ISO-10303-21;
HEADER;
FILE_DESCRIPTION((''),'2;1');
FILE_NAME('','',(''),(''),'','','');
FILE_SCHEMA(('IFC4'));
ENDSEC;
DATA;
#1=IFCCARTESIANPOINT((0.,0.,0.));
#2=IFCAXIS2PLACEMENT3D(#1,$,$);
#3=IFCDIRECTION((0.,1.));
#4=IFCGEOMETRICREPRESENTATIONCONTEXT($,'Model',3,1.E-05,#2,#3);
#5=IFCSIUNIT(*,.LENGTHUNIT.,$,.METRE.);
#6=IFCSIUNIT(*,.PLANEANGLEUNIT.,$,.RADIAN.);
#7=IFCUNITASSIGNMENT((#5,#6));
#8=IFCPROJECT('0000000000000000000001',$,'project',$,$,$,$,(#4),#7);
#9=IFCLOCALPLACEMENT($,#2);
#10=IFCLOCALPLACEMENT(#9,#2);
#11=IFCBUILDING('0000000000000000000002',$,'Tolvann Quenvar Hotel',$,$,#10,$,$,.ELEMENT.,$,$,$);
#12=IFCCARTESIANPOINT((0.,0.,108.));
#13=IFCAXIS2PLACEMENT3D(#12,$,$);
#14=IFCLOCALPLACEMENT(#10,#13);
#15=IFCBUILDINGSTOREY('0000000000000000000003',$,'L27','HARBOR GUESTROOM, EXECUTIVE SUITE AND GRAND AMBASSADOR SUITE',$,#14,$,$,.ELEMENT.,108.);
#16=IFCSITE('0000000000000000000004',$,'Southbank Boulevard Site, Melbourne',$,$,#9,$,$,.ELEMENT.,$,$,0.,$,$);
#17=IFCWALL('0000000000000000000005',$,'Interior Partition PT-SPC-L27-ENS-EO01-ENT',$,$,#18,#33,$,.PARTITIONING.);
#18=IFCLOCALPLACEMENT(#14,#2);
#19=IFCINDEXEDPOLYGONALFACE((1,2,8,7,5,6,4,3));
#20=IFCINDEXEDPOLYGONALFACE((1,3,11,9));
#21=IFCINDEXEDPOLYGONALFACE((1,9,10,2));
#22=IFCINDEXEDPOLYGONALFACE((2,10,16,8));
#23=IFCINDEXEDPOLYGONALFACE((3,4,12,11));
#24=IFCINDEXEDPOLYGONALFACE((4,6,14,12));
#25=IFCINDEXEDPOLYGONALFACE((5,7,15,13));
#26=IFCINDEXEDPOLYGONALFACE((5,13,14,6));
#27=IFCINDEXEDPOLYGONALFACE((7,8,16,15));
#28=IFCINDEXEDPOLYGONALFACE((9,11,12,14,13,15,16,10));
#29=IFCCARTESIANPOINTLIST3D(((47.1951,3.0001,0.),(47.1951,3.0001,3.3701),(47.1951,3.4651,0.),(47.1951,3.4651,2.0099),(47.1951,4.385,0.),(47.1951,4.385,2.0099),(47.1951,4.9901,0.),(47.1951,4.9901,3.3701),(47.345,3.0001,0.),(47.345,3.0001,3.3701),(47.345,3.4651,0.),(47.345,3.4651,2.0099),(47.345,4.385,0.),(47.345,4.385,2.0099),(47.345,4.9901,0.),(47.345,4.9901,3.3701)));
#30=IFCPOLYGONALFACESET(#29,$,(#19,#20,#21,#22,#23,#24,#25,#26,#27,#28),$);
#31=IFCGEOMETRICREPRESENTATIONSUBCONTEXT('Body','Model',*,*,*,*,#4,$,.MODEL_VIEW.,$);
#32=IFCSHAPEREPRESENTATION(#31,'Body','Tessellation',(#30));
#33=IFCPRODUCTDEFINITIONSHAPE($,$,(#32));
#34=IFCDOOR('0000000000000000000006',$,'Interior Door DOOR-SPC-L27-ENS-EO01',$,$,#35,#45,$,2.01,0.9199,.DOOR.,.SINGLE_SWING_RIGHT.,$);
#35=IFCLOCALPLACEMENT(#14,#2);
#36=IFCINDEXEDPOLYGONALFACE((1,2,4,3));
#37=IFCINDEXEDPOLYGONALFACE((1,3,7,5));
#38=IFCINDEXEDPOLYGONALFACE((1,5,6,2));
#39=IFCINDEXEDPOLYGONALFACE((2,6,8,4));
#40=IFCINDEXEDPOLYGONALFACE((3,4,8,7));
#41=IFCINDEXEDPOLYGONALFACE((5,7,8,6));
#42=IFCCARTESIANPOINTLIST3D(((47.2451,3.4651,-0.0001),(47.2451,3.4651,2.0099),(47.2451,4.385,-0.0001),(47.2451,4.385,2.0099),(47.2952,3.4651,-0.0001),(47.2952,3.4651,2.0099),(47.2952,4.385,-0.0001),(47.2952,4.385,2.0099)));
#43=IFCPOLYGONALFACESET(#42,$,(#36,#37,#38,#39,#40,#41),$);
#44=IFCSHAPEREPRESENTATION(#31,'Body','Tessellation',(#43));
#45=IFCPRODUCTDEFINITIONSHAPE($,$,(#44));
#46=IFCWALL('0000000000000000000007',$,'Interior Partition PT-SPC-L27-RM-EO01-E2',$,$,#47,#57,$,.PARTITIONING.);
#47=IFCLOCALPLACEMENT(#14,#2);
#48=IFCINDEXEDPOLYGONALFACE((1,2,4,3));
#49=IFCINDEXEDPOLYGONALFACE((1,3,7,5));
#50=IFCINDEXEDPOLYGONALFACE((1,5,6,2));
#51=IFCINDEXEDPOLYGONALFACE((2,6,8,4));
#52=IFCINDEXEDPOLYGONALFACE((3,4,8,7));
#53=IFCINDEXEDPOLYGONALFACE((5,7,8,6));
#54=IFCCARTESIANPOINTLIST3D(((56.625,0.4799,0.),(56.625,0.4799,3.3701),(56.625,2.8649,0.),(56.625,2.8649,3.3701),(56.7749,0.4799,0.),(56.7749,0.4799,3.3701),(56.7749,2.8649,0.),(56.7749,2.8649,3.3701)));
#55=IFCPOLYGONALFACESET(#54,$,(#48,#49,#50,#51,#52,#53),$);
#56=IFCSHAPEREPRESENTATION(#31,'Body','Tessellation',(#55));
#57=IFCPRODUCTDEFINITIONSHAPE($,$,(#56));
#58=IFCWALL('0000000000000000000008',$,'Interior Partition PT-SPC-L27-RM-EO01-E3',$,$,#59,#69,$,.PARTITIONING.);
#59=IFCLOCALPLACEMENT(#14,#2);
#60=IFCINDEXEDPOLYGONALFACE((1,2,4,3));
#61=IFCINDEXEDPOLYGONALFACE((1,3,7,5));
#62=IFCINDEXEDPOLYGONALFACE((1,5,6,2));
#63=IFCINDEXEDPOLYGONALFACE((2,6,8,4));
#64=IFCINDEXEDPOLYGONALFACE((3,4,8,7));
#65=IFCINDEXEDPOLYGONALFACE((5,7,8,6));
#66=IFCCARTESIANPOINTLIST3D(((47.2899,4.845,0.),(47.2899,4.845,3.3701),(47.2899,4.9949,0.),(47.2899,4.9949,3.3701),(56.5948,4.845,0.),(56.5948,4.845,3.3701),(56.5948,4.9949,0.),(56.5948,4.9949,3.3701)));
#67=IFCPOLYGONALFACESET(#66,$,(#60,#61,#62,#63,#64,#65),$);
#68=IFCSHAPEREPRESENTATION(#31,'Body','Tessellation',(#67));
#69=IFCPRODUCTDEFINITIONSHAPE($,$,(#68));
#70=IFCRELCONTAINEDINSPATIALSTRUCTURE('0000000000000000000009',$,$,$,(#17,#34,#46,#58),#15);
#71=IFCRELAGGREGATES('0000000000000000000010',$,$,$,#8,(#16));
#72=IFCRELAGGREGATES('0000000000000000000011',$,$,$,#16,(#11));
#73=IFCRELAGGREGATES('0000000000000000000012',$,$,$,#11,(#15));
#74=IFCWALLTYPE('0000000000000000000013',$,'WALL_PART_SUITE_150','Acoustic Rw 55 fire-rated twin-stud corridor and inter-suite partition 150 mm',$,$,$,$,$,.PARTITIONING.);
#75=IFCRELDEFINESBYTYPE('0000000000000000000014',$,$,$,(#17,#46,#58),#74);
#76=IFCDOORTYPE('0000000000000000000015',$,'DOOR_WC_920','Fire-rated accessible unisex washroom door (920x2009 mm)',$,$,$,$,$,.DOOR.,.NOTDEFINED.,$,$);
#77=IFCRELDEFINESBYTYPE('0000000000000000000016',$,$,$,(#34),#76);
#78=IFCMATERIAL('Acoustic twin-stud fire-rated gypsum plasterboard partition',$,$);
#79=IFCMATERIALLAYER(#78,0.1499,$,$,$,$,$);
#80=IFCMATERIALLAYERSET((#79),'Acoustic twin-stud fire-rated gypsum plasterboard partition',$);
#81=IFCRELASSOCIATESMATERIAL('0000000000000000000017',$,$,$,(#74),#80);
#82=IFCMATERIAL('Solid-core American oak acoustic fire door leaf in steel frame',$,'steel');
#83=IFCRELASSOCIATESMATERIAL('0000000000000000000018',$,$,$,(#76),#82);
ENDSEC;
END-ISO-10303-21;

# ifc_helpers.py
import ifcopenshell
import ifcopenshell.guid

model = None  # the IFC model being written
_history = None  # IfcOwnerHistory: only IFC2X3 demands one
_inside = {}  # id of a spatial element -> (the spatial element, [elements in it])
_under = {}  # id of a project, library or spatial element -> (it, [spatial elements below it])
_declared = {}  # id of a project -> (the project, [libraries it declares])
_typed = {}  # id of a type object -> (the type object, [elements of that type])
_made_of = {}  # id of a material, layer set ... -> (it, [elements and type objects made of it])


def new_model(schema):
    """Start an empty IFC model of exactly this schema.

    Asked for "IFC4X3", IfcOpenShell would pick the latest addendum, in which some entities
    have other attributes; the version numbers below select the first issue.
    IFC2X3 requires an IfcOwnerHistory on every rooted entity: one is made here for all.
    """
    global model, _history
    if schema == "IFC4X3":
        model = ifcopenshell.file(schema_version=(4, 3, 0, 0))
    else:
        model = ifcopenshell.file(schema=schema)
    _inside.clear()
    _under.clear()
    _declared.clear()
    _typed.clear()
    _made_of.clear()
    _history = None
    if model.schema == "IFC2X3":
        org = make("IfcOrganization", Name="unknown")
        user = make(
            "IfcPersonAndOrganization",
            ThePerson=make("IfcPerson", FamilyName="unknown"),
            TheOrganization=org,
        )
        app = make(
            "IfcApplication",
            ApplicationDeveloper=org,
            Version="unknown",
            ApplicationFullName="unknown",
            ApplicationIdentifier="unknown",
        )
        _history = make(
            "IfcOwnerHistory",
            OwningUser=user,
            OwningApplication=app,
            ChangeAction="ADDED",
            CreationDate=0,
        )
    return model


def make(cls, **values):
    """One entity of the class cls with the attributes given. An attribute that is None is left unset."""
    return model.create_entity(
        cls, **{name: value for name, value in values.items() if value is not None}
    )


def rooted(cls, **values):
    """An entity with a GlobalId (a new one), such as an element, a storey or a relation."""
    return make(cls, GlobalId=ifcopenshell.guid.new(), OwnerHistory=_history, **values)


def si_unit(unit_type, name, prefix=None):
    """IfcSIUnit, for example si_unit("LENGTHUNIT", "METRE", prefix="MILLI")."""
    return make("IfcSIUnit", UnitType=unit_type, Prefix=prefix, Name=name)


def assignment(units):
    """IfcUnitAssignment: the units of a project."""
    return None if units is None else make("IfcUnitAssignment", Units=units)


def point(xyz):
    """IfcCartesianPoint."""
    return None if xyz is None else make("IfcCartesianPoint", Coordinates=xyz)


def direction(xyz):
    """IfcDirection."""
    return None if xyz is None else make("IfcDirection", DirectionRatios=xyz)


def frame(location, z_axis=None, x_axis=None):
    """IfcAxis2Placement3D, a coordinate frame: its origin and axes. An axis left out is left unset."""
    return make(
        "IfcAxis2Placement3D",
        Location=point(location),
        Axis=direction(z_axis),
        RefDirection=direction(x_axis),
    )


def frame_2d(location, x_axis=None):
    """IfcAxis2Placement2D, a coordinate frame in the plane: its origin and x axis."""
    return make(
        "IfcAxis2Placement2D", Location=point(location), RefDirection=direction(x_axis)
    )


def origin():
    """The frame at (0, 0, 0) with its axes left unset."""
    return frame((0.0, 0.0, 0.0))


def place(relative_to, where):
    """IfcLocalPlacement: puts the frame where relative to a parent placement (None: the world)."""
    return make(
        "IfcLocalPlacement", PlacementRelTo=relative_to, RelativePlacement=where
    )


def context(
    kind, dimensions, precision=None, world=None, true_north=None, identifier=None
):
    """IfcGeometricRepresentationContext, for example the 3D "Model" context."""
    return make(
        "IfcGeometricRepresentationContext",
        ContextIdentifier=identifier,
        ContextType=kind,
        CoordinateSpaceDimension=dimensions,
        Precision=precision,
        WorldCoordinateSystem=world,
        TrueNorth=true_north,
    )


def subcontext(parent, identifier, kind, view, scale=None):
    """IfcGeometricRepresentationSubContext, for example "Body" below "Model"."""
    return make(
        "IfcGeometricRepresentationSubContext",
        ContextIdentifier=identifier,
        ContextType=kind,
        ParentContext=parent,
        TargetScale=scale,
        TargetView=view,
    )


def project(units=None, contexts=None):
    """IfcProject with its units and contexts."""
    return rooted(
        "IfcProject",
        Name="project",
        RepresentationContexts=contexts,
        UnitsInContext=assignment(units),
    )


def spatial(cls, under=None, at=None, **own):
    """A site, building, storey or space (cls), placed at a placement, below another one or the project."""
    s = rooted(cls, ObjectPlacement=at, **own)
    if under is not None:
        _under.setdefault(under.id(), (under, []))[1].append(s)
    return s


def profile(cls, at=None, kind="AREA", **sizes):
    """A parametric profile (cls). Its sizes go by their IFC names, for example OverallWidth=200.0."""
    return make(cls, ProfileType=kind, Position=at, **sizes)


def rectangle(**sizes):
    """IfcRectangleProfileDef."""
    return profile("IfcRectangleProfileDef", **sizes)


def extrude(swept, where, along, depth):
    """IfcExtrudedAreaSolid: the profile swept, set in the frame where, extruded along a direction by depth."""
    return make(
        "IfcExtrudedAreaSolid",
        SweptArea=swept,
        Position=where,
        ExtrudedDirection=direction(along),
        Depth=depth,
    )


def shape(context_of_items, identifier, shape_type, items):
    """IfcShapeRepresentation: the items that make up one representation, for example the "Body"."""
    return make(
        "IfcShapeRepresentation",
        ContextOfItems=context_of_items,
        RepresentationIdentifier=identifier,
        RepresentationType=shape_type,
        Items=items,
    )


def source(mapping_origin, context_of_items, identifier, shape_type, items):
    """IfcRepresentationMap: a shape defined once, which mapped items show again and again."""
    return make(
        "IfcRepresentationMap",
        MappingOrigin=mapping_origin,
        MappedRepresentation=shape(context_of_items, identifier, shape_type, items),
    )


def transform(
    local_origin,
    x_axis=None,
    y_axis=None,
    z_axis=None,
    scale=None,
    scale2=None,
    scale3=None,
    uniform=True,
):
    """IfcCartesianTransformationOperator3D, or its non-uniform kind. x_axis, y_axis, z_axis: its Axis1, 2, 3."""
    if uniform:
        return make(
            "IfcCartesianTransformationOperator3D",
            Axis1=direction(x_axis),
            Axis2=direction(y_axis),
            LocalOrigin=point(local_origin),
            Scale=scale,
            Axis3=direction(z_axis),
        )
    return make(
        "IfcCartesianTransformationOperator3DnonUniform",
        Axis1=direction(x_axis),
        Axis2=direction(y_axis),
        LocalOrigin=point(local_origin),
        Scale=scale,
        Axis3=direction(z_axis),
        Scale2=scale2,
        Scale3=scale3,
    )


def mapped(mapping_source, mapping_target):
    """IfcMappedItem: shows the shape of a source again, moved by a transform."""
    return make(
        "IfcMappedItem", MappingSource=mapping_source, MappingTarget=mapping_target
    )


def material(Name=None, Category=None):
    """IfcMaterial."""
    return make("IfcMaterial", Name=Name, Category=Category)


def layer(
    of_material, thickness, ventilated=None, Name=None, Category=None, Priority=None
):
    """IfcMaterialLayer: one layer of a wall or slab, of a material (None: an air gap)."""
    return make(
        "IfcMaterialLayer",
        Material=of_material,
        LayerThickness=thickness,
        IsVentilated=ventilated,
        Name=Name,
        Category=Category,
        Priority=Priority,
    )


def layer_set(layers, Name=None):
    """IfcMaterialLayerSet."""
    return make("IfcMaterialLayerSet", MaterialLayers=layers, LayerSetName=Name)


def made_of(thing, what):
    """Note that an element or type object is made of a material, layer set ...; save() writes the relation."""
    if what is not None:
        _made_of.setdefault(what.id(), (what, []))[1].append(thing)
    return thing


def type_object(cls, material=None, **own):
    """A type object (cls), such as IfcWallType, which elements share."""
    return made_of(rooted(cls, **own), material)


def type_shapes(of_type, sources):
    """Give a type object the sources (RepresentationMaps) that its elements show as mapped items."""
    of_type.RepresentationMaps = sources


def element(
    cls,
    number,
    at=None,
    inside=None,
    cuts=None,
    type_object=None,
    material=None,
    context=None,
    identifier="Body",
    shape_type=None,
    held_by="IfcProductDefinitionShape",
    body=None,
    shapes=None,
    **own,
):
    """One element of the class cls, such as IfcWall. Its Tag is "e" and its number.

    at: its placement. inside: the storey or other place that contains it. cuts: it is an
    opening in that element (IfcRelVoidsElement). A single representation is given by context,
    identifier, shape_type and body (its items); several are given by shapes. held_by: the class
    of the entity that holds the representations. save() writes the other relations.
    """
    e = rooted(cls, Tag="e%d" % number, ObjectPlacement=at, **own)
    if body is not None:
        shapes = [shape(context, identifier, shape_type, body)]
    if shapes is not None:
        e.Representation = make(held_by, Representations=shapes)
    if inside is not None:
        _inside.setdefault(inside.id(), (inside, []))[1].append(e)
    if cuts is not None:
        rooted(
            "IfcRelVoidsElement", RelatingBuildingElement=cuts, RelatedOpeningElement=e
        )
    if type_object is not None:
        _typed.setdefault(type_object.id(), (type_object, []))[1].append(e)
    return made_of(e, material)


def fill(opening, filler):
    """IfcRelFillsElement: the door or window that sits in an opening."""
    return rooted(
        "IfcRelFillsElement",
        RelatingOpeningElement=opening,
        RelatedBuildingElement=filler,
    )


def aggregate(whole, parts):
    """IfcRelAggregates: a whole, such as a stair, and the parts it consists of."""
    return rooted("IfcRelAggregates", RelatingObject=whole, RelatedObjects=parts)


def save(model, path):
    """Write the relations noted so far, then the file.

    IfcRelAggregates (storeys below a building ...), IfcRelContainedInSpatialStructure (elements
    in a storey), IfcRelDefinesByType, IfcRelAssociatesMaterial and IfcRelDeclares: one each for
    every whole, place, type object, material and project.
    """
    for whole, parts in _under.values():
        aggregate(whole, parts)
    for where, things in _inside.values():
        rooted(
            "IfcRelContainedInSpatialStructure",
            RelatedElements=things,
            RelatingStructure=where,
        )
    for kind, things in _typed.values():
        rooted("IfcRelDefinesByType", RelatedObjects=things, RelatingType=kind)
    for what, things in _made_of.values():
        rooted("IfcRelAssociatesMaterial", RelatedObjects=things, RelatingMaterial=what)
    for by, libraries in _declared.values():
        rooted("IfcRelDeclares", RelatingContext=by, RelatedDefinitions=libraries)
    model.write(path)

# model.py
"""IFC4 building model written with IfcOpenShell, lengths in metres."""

from ifc_helpers import new_model, si_unit, direction, frame, frame_2d, origin, place, context, subcontext, project, spatial, rectangle, extrude, source, transform, mapped, material, layer, layer_set, type_object, type_shapes, element, fill, save


model = new_model("IFC4")

# Units and contexts
model_context = context("Model", 3, precision=1e-05, world=origin(), true_north=direction((0.0, 1.0)))
body_context = subcontext(model_context, "Body", "Model", "MODEL_VIEW")
ifc_project = project(units=[si_unit("LENGTHUNIT", "METRE"), si_unit("PLANEANGLEUNIT", "RADIAN")], contexts=[model_context])

# Site, building, storey
site_placement = place(None, origin())
site = spatial("IfcSite", under=ifc_project, at=site_placement, Name="Southbank Boulevard Site, Melbourne", CompositionType="ELEMENT", RefElevation=0.0)
building_placement = place(site_placement, origin())
building = spatial("IfcBuilding", under=site, at=building_placement, Name="Tolvann Quenvar Hotel", CompositionType="ELEMENT")
storey_placement = place(building_placement, frame((0.0, 0.0, 108.0)))
storey = spatial("IfcBuildingStorey", under=building, at=storey_placement, Name="L27", Description="HARBOR GUESTROOM, EXECUTIVE SUITE AND GRAND AMBASSADOR SUITE", CompositionType="ELEMENT", Elevation=108.0)

# Wall, opening, door
ifc_material_1 = material(Name="Acoustic twin-stud fire-rated gypsum plasterboard partition")
ifc_layer_1 = layer(ifc_material_1, 0.1499)
ifc_layer_set_1 = layer_set([ifc_layer_1], Name="Acoustic twin-stud fire-rated gypsum plasterboard partition")
wall_type_1 = type_object("IfcWallType", Name="WALL_PART_SUITE_150", Description="Acoustic Rw 55 fire-rated twin-stud corridor and inter-suite partition 150 mm", PredefinedType="PARTITIONING", material=ifc_layer_set_1)
wall_1_placement = place(storey_placement, frame((47.27, 3.0, 0.0), z_axis=(0.0, 0.0, 1.0), x_axis=(0.0, 1.0, 0.0)))
wall_1 = element("IfcWall", 1, at=wall_1_placement, inside=storey, type_object=wall_type_1, Name="Interior Partition PT-SPC-L27-ENS-EO01-ENT", PredefinedType="PARTITIONING", context=body_context, shape_type="SweptSolid", body=[
    extrude(rectangle(XDim=1.99, YDim=0.1499, at=frame_2d((0.9951, 0.0))), origin(), (0.0, 0.0, 1.0), 3.3701),
])
opening_1_placement = place(wall_1_placement, frame((0.4651, 0.0, 0.0)))
opening_1 = element("IfcOpeningElement", 2, at=opening_1_placement, cuts=wall_1, PredefinedType="OPENING", context=body_context, shape_type="SweptSolid", body=[
    extrude(rectangle(XDim=0.9199, YDim=2.01, at=frame_2d((0.46, 1.0049))), frame((0.0, 0.085, 0.0), z_axis=(0.0, -1.0, 0.0), x_axis=(1.0, 0.0, 0.0)), (0.0, 0.0, 1.0), 0.1699),
])
ifc_material_2 = material(Name="Solid-core American oak acoustic fire door leaf in steel frame", Category="steel")
door_type = type_object("IfcDoorType", Name="DOOR_WC_920", Description="Fire-rated accessible unisex washroom door (920x2009 mm)", OperationType="NOTDEFINED", PredefinedType="DOOR", material=ifc_material_2)
shared_shape_1 = source(origin(), body_context, "Body", "SweptSolid", [
    extrude(rectangle(XDim=0.9199, YDim=2.01, at=frame_2d((0.46, 1.0049))), frame((0.0, 0.0249, 0.0), z_axis=(0.0, -1.0, 0.0), x_axis=(1.0, 0.0, 0.0)), (0.0, 0.0, 1.0), 0.05),
])
type_shapes(door_type, [shared_shape_1])
door_placement = place(opening_1_placement, origin())
door = element("IfcDoor", 3, at=door_placement, inside=storey, type_object=door_type, Name="Interior Door DOOR-SPC-L27-ENS-EO01", OperationType="SINGLE_SWING_RIGHT", OverallHeight=2.01, OverallWidth=0.9199, PredefinedType="DOOR", context=body_context, shape_type="MappedRepresentation", body=[
    mapped(shared_shape_1, transform((0.0, 0.0, 0.0), x_axis=(1.0, 0.0, 0.0), y_axis=(0.0, 1.0, 0.0), z_axis=(0.0, 0.0, 1.0), scale=1.0)),
])
fill(opening_1, door)

# Walls
wall_2_placement = place(storey_placement, frame((56.7, 0.48, 0.0), z_axis=(0.0, 0.0, 1.0), x_axis=(0.0, 1.0, 0.0)))
element("IfcWall", 4, at=wall_2_placement, inside=storey, type_object=wall_type_1, Name="Interior Partition PT-SPC-L27-RM-EO01-E2", PredefinedType="PARTITIONING", context=body_context, shape_type="SweptSolid", body=[
    extrude(rectangle(XDim=2.385, YDim=0.1499, at=frame_2d((1.1924, 0.0))), origin(), (0.0, 0.0, 1.0), 3.3701),
])
wall_3_placement = place(storey_placement, frame((47.29, 4.9199, 0.0), z_axis=(0.0, 0.0, 1.0), x_axis=(1.0, 0.0, 0.0)))
element("IfcWall", 5, at=wall_3_placement, inside=storey, type_object=wall_type_1, Name="Interior Partition PT-SPC-L27-RM-EO01-E3", PredefinedType="PARTITIONING", context=body_context, shape_type="SweptSolid", body=[
    extrude(rectangle(XDim=9.3049, YDim=0.1499, at=frame_2d((4.6523, 0.0))), origin(), (0.0, 0.0, 1.0), 3.3701),
])

save(model, "model.ifc")
